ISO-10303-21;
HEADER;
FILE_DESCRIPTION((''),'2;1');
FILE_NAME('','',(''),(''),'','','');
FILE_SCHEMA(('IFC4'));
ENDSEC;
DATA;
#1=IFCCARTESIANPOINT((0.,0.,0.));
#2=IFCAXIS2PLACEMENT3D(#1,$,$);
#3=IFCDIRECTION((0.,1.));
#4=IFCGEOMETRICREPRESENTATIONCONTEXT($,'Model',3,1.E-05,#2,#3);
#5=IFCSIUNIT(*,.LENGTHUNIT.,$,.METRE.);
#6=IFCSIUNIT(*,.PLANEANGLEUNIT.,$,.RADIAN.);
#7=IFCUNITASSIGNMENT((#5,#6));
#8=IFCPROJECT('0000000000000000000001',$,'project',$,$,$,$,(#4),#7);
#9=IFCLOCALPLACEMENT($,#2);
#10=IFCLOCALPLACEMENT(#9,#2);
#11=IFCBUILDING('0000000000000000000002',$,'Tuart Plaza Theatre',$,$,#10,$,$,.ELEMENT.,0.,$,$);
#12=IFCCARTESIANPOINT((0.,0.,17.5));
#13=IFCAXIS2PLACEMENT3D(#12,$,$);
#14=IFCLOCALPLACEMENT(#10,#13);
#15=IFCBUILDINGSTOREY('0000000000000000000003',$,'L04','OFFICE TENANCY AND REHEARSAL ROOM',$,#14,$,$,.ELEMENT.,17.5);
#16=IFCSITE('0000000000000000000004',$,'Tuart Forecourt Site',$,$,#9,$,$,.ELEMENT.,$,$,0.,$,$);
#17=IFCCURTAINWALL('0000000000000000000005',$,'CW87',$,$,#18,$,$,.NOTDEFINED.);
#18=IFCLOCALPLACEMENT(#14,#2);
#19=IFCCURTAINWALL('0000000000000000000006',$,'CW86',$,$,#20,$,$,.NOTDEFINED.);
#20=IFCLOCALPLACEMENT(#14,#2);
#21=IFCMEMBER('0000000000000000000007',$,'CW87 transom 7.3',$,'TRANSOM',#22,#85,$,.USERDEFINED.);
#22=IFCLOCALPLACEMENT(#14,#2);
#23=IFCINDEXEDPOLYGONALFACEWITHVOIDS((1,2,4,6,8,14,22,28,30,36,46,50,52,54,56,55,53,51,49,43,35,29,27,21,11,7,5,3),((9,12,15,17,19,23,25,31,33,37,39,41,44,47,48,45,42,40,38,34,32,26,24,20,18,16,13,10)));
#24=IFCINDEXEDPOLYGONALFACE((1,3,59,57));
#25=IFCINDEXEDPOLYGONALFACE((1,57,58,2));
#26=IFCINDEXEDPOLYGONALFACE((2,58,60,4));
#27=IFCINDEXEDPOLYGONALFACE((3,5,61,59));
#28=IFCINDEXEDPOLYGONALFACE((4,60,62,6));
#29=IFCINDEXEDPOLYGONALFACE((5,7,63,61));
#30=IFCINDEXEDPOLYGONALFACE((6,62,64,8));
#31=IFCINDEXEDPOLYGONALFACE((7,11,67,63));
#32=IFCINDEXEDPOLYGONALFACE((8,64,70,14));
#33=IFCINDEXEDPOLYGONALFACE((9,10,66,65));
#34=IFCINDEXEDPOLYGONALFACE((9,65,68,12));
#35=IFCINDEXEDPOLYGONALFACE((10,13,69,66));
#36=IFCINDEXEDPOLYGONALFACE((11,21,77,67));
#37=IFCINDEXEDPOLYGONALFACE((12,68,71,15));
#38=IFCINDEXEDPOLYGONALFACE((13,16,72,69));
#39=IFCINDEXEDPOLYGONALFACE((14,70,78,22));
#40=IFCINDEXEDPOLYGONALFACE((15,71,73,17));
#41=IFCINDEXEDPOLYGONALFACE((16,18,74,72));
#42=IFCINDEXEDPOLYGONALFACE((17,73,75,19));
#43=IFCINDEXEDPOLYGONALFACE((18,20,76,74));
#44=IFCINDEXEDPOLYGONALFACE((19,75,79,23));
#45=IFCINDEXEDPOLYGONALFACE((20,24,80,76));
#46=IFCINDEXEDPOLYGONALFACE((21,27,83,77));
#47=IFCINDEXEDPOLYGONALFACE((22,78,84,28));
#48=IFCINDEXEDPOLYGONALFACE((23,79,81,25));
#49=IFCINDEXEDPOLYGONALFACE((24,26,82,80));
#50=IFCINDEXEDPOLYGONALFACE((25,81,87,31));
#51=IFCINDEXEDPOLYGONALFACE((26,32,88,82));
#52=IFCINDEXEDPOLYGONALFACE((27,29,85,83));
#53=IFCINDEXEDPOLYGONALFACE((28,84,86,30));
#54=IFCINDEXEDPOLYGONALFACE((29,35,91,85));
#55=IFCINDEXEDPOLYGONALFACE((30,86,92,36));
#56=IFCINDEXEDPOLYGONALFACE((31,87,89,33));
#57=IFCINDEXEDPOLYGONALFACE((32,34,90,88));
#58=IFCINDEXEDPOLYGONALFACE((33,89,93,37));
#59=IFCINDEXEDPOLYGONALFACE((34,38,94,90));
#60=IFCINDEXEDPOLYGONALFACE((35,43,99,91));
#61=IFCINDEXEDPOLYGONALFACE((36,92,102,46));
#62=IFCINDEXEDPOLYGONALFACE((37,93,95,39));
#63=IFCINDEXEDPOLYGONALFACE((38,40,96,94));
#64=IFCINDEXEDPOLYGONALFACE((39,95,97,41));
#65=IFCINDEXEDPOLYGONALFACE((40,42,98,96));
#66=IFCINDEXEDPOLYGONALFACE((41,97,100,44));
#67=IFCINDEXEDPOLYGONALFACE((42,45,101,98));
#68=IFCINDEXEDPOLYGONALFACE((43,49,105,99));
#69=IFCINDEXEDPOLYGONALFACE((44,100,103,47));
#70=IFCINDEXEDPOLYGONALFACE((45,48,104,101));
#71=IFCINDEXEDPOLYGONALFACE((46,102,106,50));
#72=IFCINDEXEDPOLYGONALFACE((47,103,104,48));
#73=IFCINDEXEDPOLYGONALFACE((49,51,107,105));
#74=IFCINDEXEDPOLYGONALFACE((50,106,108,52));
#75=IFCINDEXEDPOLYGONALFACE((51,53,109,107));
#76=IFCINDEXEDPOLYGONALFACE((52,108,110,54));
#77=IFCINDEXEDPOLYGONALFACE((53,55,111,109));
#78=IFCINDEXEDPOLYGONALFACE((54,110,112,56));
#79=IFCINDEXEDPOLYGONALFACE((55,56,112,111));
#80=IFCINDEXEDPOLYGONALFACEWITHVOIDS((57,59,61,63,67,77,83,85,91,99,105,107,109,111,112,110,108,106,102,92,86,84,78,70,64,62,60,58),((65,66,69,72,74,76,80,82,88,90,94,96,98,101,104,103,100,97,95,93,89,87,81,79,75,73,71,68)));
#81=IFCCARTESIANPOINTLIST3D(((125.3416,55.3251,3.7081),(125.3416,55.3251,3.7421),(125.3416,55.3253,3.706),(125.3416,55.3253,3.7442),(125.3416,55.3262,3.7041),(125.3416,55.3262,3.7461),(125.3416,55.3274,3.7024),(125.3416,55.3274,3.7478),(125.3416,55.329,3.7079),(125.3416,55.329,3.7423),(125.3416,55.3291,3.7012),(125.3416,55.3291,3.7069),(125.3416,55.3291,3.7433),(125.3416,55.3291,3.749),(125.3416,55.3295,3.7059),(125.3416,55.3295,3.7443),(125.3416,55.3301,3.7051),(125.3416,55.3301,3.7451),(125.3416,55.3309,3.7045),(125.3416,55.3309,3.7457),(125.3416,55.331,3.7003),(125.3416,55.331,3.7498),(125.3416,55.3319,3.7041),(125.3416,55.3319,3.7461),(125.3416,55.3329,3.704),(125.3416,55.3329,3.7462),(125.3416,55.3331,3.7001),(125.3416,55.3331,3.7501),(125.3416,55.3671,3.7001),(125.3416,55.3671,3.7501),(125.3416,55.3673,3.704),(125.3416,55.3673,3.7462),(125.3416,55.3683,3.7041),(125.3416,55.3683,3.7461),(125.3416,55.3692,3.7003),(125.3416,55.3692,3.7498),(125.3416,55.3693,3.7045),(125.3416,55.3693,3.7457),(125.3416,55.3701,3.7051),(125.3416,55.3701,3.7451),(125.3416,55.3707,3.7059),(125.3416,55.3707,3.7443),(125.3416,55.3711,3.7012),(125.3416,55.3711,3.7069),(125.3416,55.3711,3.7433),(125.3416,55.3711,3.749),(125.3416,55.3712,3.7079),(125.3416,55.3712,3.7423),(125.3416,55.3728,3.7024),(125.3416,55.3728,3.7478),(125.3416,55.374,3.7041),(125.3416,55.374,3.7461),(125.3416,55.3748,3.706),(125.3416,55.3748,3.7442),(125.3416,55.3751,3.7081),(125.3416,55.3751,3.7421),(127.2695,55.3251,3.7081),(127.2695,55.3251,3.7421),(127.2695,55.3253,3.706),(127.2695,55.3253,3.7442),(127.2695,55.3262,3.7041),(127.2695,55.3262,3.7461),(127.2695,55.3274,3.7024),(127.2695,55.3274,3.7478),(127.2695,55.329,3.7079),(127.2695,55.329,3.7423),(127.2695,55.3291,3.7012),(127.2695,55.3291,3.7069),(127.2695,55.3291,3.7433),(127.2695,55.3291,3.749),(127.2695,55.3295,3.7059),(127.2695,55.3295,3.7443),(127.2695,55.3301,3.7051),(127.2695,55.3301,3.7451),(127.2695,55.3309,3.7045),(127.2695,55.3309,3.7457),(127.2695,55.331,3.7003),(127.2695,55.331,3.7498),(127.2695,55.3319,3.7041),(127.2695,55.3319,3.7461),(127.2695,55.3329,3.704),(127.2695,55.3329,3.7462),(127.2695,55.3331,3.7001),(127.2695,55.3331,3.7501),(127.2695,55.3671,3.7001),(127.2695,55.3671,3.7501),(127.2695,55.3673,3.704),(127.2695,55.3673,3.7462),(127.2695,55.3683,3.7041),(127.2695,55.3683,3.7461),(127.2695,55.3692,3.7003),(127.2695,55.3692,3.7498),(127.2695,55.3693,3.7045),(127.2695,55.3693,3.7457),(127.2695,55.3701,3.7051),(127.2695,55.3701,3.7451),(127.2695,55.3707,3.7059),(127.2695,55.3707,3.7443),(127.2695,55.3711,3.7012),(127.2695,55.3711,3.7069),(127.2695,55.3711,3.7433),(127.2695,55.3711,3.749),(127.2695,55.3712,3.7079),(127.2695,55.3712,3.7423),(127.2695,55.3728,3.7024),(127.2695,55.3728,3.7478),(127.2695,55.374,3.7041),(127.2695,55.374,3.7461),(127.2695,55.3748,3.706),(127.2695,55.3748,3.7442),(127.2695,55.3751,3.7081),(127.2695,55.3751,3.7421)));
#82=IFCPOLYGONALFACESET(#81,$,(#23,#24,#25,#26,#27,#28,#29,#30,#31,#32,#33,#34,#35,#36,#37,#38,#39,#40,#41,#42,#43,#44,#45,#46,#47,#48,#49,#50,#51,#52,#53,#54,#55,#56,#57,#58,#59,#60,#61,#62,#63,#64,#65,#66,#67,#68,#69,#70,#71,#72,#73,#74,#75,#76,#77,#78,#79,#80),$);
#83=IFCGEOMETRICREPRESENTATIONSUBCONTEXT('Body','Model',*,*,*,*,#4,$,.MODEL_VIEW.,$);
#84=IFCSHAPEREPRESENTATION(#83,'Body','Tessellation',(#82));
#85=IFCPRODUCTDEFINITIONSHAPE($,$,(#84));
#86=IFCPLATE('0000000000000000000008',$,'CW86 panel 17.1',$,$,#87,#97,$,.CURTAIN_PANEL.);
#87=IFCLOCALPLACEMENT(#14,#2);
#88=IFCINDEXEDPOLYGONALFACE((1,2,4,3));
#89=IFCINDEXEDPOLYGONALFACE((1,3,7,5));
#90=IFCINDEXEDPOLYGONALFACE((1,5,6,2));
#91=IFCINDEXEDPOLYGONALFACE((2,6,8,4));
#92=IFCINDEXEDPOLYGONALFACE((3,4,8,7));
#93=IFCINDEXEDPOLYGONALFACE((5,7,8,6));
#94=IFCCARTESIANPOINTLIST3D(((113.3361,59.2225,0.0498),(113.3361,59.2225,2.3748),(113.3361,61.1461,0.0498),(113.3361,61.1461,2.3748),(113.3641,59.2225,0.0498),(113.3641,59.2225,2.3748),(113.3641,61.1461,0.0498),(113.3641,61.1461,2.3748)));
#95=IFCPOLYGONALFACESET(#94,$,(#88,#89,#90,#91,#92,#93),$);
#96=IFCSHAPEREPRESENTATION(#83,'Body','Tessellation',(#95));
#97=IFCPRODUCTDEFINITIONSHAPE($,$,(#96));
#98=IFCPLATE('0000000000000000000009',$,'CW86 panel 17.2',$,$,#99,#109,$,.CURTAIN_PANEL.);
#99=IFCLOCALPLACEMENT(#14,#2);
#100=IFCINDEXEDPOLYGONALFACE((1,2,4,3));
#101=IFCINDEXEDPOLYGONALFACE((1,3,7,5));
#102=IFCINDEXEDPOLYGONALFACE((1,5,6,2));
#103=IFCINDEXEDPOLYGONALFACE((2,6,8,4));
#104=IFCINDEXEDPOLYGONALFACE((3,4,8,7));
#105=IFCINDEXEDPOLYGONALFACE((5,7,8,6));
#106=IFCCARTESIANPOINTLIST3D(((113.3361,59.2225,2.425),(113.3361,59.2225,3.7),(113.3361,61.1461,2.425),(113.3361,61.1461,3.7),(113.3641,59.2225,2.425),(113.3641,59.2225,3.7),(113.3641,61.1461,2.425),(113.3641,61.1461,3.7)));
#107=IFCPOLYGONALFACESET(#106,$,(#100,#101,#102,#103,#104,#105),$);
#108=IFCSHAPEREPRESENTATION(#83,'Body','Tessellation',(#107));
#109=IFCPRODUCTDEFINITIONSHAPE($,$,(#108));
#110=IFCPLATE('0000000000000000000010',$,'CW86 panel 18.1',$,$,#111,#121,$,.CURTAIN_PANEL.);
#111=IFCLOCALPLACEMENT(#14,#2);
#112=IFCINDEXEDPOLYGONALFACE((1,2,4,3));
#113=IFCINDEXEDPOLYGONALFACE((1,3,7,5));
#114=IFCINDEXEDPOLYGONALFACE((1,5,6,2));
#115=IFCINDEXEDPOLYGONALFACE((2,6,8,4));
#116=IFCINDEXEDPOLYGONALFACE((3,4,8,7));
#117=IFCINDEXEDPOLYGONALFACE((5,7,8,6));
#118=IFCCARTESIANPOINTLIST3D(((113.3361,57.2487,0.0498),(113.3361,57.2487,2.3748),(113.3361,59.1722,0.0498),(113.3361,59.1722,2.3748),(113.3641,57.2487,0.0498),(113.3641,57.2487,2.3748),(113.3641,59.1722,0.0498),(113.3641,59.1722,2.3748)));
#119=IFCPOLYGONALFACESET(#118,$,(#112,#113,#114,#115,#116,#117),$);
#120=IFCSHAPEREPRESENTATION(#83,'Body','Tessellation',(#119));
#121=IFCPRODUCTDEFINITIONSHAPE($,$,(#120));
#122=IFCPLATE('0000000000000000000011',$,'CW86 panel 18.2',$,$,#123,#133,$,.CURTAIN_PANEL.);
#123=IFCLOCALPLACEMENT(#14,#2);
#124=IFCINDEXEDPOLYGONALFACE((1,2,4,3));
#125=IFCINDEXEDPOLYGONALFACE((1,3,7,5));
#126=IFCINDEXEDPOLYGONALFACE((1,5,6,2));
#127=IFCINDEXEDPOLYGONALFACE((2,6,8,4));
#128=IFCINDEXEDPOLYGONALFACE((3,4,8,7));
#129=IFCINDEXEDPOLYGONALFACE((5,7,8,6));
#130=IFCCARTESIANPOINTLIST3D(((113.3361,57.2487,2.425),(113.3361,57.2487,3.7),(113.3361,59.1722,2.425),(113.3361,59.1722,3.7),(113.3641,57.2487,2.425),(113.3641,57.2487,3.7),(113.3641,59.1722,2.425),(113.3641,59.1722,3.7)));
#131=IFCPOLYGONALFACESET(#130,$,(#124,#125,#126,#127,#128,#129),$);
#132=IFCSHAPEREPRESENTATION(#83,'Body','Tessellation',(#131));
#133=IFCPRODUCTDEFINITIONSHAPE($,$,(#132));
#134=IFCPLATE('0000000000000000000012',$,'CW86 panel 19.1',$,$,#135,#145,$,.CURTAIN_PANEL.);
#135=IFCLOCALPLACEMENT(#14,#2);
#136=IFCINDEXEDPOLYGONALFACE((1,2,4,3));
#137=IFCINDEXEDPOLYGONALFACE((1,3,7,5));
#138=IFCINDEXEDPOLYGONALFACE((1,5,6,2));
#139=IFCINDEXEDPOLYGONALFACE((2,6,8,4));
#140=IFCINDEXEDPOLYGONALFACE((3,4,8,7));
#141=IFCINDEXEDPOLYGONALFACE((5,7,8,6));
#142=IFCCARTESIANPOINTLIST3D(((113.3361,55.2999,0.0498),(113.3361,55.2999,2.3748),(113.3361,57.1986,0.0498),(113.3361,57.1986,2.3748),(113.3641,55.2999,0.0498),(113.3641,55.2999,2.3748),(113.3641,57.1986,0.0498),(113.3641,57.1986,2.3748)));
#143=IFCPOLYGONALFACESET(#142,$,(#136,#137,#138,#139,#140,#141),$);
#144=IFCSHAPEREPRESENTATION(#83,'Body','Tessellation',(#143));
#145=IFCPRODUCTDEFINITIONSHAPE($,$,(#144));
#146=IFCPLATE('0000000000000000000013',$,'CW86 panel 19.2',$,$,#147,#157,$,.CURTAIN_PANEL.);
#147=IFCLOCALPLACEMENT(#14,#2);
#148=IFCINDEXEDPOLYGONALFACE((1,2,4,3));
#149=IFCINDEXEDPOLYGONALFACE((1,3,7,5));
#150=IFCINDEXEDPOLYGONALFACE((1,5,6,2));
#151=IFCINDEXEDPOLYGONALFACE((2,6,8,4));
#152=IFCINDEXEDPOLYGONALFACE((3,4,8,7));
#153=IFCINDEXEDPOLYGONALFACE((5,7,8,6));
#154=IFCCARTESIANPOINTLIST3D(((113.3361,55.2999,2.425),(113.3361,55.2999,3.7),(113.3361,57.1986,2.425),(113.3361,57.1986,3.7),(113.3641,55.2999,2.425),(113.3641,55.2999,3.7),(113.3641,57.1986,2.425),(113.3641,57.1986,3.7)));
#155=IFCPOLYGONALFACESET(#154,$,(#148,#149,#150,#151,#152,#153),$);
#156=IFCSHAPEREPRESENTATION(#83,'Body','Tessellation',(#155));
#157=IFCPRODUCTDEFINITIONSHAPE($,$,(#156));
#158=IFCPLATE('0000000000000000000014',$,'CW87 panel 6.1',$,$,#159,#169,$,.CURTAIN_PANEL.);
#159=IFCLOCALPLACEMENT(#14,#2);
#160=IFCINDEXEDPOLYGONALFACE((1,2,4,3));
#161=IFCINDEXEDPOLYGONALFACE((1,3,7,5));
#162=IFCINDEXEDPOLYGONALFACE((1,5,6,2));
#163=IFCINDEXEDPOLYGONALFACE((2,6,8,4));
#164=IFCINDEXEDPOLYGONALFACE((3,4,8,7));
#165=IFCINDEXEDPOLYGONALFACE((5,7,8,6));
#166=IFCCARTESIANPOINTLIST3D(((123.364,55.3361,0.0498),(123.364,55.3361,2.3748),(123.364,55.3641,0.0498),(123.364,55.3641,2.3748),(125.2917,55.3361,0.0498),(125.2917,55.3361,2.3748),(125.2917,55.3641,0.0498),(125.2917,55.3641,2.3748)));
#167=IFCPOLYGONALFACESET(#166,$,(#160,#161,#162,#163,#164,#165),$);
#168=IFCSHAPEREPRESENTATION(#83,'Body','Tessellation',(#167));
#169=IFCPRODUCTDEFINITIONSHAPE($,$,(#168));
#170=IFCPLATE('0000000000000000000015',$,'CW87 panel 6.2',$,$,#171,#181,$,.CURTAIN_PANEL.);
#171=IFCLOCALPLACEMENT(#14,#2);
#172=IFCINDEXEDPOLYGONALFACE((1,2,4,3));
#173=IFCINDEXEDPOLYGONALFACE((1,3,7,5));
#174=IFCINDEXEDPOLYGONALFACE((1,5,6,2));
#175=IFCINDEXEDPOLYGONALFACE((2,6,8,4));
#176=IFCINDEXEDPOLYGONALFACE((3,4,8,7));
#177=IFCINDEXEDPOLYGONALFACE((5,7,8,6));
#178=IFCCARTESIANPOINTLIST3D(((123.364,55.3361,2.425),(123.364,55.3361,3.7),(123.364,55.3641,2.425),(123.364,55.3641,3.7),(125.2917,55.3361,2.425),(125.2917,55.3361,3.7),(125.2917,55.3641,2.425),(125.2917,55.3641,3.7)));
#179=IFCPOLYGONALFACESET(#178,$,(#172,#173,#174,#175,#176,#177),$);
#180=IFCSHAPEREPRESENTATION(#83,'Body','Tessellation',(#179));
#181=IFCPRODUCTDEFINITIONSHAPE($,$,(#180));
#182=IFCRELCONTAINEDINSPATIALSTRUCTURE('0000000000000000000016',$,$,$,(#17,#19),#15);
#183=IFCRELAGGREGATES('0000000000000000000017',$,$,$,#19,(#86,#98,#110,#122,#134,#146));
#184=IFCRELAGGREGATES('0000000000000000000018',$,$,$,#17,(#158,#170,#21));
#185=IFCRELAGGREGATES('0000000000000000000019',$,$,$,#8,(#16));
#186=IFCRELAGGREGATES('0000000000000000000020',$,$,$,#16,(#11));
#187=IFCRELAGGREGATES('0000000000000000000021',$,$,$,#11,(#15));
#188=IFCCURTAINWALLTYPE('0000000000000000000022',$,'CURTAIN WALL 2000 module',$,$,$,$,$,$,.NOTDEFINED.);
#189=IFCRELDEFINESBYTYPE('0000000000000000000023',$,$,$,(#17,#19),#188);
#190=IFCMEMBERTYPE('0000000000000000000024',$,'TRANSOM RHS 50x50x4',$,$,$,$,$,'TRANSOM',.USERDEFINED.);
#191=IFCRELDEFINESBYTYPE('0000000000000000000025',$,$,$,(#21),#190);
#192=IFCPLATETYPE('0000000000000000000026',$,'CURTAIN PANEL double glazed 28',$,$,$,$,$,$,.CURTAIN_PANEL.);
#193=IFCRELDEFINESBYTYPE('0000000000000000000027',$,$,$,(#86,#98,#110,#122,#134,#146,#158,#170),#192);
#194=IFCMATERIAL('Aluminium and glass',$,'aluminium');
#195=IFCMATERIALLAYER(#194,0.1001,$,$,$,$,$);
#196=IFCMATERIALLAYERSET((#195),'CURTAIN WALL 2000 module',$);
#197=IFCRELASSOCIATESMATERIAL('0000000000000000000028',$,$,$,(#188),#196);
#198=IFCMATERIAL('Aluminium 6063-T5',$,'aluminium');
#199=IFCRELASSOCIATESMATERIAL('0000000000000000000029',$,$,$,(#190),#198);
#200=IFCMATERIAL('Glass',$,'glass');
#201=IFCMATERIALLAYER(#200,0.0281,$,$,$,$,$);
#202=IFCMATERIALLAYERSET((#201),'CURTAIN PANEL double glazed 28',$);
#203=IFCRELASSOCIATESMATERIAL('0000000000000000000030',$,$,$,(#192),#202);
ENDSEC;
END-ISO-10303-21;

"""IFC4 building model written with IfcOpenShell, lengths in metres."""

from ifc_helpers import new_model, si_unit, direction, frame, origin, origin_2d, place, context, subcontext, project, spatial, rectangle, hollow_rectangle, extrude, material, layer, layer_set, material_profile, profile_set, type_object, element, aggregate, save


model = new_model("IFC4")

# Units and contexts
model_context = context("Model", 3, precision=1e-05, world=origin(), true_north=direction((0.0, 1.0)))
body_context = subcontext(model_context, "Body", "Model", "MODEL_VIEW")
ifc_project = project(units=[si_unit("LENGTHUNIT", "METRE"), si_unit("PLANEANGLEUNIT", "RADIAN")], contexts=[model_context])

# Site, building, storey
site_placement = place(None, origin())
site = spatial("IfcSite", under=ifc_project, at=site_placement, Name="Tuart Forecourt Site", CompositionType="ELEMENT", RefElevation=0.0)
building_placement = place(site_placement, origin())
building = spatial("IfcBuilding", under=site, at=building_placement, Name="Tuart Plaza Theatre", CompositionType="ELEMENT", ElevationOfRefHeight=0.0)
storey_placement = place(building_placement, frame((0.0, 0.0, 17.5)))
storey = spatial("IfcBuildingStorey", under=building, at=storey_placement, Name="L04", Description="OFFICE TENANCY AND REHEARSAL ROOM", CompositionType="ELEMENT", Elevation=17.5)

# Curtain wall
ifc_material_1 = material(Name="Aluminium and glass", Category="aluminium")
ifc_layer_1 = layer(ifc_material_1, 0.1001)
ifc_layer_set_1 = layer_set([ifc_layer_1], Name="CURTAIN WALL 2000 module")
curtain_wall_type = type_object("IfcCurtainWallType", Name="CURTAIN WALL 2000 module", PredefinedType="NOTDEFINED", material=ifc_layer_set_1)
curtain_wall_1_placement = place(storey_placement, origin())
curtain_wall_1 = element("IfcCurtainWall", 1, at=curtain_wall_1_placement, inside=storey, type_object=curtain_wall_type, Name="CW87", PredefinedType="NOTDEFINED")

# Curtain wall
curtain_wall_2_placement = place(storey_placement, origin())
curtain_wall_2 = element("IfcCurtainWall", 2, at=curtain_wall_2_placement, inside=storey, type_object=curtain_wall_type, Name="CW86", PredefinedType="NOTDEFINED")
ifc_material_2 = material(Name="Aluminium 6063-T5", Category="aluminium")
ifc_material_profile_1 = material_profile(ifc_material_2, hollow_rectangle(XDim=0.05, YDim=0.05, WallThickness=0.0039, InnerFilletRadius=0.0039, OuterFilletRadius=0.0081, at=origin_2d()), Name="RHS 50x50x4")
ifc_profile_set_1 = profile_set([ifc_material_profile_1], Name="Aluminium 6063-T5")
member_type_1 = type_object("IfcMemberType", Name="TRANSOM RHS 50x50x4", ElementType="TRANSOM", PredefinedType="USERDEFINED", material=ifc_profile_set_1)

# Member
member_1_placement = place(storey_placement, frame((125.3416, 55.3501, 3.7251), z_axis=(1.0, 0.0, 0.0), x_axis=(0.0, 1.0, 0.0)))
member_1 = element("IfcMember", 3, at=member_1_placement, type_object=member_type_1, Name="CW87 transom 7.3", ObjectType="TRANSOM", PredefinedType="USERDEFINED", context=body_context, shape_type="SweptSolid", body=[
    extrude(hollow_rectangle(XDim=0.05, YDim=0.05, WallThickness=0.0039, InnerFilletRadius=0.0039, OuterFilletRadius=0.0081, at=origin_2d()), origin(), (0.0, 0.0, 1.0), 1.928),
])

# Plates
ifc_material_3 = material(Name="Glass", Category="glass")
ifc_layer_2 = layer(ifc_material_3, 0.0281)
ifc_layer_set_2 = layer_set([ifc_layer_2], Name="CURTAIN PANEL double glazed 28")
plate_type = type_object("IfcPlateType", Name="CURTAIN PANEL double glazed 28", PredefinedType="CURTAIN_PANEL", material=ifc_layer_set_2)
plate_1_placement = place(storey_placement, frame((113.3501, 60.1843, 0.0498), z_axis=(0.0, 0.0, 1.0), x_axis=(0.0, -1.0, 0.0)))
plate_1 = element("IfcPlate", 4, at=plate_1_placement, type_object=plate_type, Name="CW86 panel 17.1", PredefinedType="CURTAIN_PANEL", context=body_context, shape_type="SweptSolid", body=[
    extrude(rectangle(XDim=1.9236, YDim=0.0281, at=origin_2d()), origin(), (0.0, 0.0, 1.0), 2.325),
])
plate_2_placement = place(storey_placement, frame((113.3501, 60.1843, 2.425), z_axis=(0.0, 0.0, 1.0), x_axis=(0.0, -1.0, 0.0)))
plate_2 = element("IfcPlate", 5, at=plate_2_placement, type_object=plate_type, Name="CW86 panel 17.2", PredefinedType="CURTAIN_PANEL", context=body_context, shape_type="SweptSolid", body=[
    extrude(rectangle(XDim=1.9236, YDim=0.0281, at=origin_2d()), origin(), (0.0, 0.0, 1.0), 1.2749),
])
plate_3_placement = place(storey_placement, frame((113.3501, 58.2104, 0.0498), z_axis=(0.0, 0.0, 1.0), x_axis=(0.0, -1.0, 0.0)))
plate_3 = element("IfcPlate", 6, at=plate_3_placement, type_object=plate_type, Name="CW86 panel 18.1", PredefinedType="CURTAIN_PANEL", context=body_context, shape_type="SweptSolid", body=[
    extrude(rectangle(XDim=1.9236, YDim=0.0281, at=origin_2d()), origin(), (0.0, 0.0, 1.0), 2.325),
])
plate_4_placement = place(storey_placement, frame((113.3501, 58.2104, 2.425), z_axis=(0.0, 0.0, 1.0), x_axis=(0.0, -1.0, 0.0)))
plate_4 = element("IfcPlate", 7, at=plate_4_placement, type_object=plate_type, Name="CW86 panel 18.2", PredefinedType="CURTAIN_PANEL", context=body_context, shape_type="SweptSolid", body=[
    extrude(rectangle(XDim=1.9236, YDim=0.0281, at=origin_2d()), origin(), (0.0, 0.0, 1.0), 1.2749),
])
plate_5_placement = place(storey_placement, frame((113.3501, 56.2493, 0.0498), z_axis=(0.0, 0.0, 1.0), x_axis=(0.0, -1.0, 0.0)))
plate_5 = element("IfcPlate", 8, at=plate_5_placement, type_object=plate_type, Name="CW86 panel 19.1", PredefinedType="CURTAIN_PANEL", context=body_context, shape_type="SweptSolid", body=[
    extrude(rectangle(XDim=1.8987, YDim=0.0281, at=origin_2d()), origin(), (0.0, 0.0, 1.0), 2.325),
])
plate_6_placement = place(storey_placement, frame((113.3501, 56.2493, 2.425), z_axis=(0.0, 0.0, 1.0), x_axis=(0.0, -1.0, 0.0)))
plate_6 = element("IfcPlate", 9, at=plate_6_placement, type_object=plate_type, Name="CW86 panel 19.2", PredefinedType="CURTAIN_PANEL", context=body_context, shape_type="SweptSolid", body=[
    extrude(rectangle(XDim=1.8987, YDim=0.0281, at=origin_2d()), origin(), (0.0, 0.0, 1.0), 1.2749),
])
aggregate(curtain_wall_2, [plate_1, plate_2, plate_3, plate_4, plate_5, plate_6])
plate_7_placement = place(storey_placement, frame((124.3279, 55.3501, 0.0498), z_axis=(0.0, 0.0, 1.0), x_axis=(1.0, 0.0, 0.0)))
plate_7 = element("IfcPlate", 10, at=plate_7_placement, type_object=plate_type, Name="CW87 panel 6.1", PredefinedType="CURTAIN_PANEL", context=body_context, shape_type="SweptSolid", body=[
    extrude(rectangle(XDim=1.9277, YDim=0.0281, at=origin_2d()), origin(), (0.0, 0.0, 1.0), 2.325),
])
plate_8_placement = place(storey_placement, frame((124.3279, 55.3501, 2.425), z_axis=(0.0, 0.0, 1.0), x_axis=(1.0, 0.0, 0.0)))
plate_8 = element("IfcPlate", 11, at=plate_8_placement, type_object=plate_type, Name="CW87 panel 6.2", PredefinedType="CURTAIN_PANEL", context=body_context, shape_type="SweptSolid", body=[
    extrude(rectangle(XDim=1.9277, YDim=0.0281, at=origin_2d()), origin(), (0.0, 0.0, 1.0), 1.2749),
])
aggregate(curtain_wall_1, [plate_7, plate_8, member_1])

save(model, "model.ifc")
